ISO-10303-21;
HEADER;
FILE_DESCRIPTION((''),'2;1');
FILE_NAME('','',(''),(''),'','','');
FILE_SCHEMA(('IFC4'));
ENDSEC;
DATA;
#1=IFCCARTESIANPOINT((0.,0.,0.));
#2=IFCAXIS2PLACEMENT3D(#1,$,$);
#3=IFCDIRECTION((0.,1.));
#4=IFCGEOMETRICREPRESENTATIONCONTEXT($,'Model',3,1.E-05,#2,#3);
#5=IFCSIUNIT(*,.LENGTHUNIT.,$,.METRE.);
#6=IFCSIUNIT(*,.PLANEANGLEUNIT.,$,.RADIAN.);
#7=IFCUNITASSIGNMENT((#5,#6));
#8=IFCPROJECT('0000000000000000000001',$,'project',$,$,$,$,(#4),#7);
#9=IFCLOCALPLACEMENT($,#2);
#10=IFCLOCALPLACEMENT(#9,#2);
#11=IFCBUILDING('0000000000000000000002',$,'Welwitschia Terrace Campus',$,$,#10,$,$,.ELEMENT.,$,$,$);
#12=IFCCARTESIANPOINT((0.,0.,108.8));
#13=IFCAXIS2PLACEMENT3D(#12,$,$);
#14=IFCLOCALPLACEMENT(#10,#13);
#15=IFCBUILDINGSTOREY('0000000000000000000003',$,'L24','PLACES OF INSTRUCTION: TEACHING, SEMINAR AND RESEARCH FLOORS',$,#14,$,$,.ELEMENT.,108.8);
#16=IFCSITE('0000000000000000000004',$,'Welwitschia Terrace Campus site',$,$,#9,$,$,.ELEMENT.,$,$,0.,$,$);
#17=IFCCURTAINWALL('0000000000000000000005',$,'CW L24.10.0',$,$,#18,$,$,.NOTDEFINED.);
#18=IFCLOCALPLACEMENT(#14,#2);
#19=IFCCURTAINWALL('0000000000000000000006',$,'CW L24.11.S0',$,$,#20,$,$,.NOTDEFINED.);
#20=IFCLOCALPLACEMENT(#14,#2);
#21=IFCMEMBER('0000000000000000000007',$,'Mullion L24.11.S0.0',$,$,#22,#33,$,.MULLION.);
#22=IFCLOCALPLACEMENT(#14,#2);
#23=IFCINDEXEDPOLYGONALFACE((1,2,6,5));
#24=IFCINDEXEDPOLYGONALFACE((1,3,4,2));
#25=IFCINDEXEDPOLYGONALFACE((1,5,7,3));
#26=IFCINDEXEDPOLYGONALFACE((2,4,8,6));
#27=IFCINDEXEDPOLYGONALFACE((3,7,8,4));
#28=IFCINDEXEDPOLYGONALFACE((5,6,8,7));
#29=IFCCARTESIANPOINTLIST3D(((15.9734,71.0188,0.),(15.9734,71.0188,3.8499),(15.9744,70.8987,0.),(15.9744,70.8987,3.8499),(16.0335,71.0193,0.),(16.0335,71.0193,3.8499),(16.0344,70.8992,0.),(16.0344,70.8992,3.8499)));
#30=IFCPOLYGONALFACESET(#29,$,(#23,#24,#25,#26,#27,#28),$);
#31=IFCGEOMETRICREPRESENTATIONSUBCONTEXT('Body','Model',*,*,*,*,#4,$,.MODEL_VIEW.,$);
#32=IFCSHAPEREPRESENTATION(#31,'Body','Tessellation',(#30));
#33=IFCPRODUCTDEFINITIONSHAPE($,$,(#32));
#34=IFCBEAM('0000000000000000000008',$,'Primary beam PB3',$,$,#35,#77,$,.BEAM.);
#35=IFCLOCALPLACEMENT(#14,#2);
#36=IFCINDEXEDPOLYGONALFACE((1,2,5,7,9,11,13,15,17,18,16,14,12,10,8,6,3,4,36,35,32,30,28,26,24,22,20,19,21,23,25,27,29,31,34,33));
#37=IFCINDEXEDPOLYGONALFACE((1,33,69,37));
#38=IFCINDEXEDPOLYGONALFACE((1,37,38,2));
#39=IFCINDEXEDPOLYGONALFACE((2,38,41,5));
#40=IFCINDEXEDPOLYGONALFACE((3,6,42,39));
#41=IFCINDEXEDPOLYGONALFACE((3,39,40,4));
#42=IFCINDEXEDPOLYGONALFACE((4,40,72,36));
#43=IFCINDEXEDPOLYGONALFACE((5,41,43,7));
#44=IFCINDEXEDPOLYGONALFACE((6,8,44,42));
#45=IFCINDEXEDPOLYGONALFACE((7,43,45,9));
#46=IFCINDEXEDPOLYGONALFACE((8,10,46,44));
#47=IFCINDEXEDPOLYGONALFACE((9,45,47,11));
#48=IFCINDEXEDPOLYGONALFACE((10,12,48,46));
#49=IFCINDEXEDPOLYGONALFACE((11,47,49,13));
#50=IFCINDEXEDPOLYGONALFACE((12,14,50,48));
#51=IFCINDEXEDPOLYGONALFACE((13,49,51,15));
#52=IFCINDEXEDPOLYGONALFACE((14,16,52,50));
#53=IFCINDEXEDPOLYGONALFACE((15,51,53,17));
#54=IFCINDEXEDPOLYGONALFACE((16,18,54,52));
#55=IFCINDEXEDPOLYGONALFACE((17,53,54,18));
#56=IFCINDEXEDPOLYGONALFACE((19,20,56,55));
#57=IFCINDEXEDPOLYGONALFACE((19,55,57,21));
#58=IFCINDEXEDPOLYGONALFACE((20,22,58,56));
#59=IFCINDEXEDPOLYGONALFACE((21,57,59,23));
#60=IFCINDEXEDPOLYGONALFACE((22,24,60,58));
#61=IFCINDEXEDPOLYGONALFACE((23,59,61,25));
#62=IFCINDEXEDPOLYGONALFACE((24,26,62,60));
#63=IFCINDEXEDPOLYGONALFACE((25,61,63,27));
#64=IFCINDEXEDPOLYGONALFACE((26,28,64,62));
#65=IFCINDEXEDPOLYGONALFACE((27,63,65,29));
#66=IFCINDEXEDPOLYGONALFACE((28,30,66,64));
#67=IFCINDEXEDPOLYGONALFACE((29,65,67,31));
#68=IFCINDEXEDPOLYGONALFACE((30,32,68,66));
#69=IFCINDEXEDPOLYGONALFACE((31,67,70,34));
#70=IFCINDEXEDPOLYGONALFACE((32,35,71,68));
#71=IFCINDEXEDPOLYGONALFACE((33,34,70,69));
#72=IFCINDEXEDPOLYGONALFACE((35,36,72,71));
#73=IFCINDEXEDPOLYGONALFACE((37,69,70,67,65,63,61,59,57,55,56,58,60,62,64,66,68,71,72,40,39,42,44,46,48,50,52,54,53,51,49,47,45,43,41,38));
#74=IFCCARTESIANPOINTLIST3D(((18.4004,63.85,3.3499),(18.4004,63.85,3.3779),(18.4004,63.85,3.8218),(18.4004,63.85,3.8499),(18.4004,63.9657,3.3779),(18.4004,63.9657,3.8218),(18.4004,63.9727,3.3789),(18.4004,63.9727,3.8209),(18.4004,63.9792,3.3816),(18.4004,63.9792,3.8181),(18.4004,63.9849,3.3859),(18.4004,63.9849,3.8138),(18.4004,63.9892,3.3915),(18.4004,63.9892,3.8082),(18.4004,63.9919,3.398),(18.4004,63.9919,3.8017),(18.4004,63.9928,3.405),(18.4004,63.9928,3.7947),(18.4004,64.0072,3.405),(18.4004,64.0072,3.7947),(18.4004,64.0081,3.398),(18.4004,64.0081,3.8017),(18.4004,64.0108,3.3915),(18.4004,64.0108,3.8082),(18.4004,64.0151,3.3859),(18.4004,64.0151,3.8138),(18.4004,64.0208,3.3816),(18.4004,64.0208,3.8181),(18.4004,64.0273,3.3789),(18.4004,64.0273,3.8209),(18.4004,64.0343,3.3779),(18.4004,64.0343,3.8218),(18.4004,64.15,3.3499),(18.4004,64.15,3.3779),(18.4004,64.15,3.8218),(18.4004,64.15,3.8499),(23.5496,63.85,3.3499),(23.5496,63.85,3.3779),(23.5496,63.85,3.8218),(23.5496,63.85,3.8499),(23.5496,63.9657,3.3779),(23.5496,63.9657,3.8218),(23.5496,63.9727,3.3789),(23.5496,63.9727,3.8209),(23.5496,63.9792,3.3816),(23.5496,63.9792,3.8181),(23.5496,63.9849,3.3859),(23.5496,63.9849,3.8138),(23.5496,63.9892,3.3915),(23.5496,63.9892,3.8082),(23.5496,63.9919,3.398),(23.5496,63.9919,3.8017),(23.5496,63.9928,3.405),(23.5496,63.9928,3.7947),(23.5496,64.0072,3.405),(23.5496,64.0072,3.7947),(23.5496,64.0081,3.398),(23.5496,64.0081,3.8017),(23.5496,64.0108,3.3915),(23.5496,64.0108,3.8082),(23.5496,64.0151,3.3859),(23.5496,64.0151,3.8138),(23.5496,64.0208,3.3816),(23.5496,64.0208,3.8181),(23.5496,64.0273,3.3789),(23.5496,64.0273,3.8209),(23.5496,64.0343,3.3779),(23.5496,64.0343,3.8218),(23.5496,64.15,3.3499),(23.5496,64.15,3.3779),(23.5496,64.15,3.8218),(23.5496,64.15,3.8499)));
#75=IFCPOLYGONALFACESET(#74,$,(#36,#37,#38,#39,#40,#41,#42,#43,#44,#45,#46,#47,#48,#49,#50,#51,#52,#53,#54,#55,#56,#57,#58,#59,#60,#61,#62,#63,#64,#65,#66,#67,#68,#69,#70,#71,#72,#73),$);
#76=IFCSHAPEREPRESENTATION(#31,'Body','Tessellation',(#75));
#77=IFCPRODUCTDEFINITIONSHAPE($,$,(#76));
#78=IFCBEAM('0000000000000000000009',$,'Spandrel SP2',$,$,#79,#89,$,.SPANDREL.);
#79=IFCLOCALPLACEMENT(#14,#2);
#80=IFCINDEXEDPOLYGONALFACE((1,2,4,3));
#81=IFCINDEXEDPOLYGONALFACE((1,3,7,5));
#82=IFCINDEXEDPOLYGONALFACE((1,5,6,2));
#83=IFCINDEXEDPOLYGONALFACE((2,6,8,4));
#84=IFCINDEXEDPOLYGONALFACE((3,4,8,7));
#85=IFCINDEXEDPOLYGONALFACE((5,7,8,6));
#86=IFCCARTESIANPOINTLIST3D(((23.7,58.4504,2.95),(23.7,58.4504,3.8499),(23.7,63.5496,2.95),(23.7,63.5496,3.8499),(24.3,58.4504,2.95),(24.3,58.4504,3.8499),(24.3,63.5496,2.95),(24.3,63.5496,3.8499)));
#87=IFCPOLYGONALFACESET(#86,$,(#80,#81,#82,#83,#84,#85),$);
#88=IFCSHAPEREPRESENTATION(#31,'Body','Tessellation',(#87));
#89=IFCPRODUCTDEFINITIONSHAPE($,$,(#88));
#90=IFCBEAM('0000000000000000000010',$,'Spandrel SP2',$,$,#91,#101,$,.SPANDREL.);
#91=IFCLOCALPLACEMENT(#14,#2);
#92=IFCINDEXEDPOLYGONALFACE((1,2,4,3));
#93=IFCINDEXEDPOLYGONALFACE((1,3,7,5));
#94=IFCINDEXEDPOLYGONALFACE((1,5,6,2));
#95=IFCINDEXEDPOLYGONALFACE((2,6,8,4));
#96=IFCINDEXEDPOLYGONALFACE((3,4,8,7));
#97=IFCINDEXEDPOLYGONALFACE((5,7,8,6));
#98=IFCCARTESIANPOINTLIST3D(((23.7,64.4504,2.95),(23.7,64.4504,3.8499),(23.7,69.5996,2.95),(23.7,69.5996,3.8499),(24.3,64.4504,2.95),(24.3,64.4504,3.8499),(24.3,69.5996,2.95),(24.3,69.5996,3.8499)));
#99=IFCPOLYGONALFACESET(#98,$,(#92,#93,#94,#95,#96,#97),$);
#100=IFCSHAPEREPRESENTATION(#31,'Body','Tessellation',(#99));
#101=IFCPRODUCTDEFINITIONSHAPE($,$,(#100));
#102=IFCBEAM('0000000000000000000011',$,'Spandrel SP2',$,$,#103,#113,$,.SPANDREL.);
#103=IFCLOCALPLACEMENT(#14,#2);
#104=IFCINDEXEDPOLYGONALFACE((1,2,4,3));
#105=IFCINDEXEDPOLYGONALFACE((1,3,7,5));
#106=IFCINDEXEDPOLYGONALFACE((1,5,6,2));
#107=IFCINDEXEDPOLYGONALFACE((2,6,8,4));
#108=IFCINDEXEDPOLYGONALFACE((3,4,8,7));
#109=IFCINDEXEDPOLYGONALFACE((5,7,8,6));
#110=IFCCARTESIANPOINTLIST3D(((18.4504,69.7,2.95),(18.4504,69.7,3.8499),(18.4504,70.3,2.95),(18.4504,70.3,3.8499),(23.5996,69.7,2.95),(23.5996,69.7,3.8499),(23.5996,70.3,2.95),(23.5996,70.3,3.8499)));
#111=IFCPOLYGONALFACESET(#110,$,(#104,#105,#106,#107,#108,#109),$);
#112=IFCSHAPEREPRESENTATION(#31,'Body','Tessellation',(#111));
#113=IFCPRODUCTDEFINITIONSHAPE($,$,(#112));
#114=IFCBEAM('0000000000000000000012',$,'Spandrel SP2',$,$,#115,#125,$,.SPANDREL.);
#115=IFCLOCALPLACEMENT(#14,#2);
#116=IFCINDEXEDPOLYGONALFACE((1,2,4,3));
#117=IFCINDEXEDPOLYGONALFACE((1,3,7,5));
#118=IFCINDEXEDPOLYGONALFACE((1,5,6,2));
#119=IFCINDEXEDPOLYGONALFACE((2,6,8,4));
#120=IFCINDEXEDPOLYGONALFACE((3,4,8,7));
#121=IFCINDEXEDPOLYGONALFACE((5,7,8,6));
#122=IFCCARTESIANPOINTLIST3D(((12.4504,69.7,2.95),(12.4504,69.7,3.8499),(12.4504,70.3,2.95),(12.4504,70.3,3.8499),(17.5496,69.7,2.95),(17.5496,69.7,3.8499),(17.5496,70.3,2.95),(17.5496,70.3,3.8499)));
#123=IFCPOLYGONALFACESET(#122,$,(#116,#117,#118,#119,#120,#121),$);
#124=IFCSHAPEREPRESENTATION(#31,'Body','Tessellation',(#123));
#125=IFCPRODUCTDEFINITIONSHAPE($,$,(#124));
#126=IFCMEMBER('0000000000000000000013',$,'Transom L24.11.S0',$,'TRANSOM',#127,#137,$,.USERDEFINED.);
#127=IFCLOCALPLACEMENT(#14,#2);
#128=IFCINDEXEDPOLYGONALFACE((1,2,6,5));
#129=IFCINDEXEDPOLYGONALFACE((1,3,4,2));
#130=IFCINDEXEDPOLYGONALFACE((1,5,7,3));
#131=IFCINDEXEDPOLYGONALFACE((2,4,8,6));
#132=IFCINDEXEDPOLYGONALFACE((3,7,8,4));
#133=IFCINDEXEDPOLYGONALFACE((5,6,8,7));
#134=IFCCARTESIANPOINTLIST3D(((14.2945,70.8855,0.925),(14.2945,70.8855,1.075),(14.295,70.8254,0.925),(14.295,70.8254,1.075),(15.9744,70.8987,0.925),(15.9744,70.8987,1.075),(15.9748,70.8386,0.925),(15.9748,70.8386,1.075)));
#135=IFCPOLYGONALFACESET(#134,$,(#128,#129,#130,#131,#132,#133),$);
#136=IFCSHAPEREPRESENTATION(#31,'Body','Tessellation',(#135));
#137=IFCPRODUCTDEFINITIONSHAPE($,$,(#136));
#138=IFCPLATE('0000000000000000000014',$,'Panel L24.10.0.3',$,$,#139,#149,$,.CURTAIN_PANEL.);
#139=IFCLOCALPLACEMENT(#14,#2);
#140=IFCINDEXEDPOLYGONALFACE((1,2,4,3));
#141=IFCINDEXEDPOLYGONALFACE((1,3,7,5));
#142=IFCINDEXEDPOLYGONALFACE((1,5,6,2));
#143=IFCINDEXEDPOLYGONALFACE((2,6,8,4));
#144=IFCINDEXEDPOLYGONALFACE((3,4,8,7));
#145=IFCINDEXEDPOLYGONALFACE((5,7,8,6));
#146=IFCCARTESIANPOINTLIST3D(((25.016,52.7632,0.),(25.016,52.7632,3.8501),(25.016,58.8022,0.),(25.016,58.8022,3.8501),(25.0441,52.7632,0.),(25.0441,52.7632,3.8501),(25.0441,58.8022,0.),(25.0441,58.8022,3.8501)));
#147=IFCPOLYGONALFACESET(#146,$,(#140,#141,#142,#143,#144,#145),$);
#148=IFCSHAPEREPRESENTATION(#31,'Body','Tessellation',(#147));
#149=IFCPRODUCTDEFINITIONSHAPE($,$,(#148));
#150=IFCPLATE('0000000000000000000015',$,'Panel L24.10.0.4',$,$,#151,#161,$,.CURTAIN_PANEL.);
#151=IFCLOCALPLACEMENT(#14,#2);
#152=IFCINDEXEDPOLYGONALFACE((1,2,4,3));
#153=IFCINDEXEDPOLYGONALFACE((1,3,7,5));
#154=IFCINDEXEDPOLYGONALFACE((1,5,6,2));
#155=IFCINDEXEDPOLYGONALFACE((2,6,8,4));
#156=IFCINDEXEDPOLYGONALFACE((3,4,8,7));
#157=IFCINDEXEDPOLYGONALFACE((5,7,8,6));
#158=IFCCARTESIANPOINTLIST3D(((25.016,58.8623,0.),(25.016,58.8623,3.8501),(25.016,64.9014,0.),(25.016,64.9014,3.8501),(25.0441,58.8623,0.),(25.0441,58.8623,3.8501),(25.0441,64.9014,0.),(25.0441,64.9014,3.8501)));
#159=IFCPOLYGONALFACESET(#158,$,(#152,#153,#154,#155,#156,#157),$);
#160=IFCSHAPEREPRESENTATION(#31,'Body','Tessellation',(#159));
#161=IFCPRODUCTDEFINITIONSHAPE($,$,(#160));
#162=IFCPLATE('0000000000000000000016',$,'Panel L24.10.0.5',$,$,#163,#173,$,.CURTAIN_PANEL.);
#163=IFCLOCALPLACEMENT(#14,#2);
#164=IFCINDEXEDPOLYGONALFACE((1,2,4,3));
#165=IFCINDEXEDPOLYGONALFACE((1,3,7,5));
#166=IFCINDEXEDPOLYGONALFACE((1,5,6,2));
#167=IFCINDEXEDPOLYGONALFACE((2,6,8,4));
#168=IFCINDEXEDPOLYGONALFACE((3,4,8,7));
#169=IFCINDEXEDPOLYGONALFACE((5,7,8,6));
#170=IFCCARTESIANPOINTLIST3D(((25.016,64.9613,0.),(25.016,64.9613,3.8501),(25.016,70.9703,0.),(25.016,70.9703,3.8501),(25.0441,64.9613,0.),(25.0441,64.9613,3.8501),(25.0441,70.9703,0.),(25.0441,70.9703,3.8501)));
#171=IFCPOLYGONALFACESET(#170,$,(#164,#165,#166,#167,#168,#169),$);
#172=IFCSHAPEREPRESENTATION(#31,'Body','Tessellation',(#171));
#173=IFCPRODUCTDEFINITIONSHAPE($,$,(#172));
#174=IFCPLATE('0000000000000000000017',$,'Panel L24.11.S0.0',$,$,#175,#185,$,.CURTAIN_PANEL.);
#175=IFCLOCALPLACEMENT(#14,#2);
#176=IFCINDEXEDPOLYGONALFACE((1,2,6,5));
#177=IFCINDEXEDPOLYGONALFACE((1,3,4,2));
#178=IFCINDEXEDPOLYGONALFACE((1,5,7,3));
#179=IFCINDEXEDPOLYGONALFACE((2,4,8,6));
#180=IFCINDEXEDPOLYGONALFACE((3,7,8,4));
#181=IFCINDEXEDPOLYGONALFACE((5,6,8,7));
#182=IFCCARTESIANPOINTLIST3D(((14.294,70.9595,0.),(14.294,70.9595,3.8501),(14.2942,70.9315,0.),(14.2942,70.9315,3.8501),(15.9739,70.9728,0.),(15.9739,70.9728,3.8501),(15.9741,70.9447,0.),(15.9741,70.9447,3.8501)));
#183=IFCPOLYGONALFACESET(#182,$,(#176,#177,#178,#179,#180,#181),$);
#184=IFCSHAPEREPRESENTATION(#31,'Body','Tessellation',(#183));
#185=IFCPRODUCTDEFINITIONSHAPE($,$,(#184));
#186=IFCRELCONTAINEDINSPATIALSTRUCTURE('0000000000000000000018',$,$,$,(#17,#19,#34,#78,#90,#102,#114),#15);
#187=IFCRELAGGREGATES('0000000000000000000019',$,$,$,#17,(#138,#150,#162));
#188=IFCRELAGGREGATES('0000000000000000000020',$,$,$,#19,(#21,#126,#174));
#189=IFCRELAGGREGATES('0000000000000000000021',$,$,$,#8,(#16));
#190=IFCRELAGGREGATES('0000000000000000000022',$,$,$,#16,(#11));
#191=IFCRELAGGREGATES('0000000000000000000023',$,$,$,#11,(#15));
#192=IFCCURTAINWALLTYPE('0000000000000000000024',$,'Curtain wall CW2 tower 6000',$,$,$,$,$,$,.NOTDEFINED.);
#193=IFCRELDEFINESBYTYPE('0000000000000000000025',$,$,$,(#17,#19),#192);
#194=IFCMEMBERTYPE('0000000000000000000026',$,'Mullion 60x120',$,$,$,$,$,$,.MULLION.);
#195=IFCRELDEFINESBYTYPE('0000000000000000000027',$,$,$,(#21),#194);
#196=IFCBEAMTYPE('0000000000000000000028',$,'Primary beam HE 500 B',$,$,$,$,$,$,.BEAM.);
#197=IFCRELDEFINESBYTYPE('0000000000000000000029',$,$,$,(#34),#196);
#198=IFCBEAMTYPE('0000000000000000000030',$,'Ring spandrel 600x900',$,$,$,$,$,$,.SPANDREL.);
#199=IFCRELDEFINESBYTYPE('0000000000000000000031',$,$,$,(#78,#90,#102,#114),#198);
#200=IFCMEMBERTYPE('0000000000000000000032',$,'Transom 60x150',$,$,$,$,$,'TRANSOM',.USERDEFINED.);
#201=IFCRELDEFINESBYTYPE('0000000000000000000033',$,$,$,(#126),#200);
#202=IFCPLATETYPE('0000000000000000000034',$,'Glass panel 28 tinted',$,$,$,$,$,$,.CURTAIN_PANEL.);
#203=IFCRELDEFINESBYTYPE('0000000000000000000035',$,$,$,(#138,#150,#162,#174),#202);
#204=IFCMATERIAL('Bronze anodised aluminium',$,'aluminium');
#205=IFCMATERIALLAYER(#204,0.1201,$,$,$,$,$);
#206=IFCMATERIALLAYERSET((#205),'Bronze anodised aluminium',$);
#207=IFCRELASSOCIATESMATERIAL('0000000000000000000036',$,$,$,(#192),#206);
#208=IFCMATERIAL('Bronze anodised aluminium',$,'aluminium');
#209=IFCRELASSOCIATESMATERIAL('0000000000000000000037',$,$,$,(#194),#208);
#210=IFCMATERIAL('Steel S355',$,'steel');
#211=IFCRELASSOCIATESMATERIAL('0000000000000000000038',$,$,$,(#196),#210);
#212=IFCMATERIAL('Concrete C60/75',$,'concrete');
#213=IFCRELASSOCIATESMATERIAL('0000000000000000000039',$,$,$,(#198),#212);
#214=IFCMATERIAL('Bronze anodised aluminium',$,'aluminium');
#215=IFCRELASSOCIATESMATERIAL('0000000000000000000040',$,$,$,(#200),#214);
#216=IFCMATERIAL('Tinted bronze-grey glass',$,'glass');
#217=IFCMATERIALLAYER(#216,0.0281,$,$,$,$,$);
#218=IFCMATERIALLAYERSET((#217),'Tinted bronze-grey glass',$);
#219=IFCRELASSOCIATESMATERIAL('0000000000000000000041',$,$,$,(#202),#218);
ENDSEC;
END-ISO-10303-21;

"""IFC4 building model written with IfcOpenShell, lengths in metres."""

from ifc_helpers import new_model, si_unit, direction, frame, origin, origin_2d, place, context, subcontext, project, spatial, rectangle, i_section, extrude, material, layer, layer_set, material_profile, profile_set, type_object, element, aggregate, save


model = new_model("IFC4")

# Units and contexts
model_context = context("Model", 3, precision=1e-05, world=origin(), true_north=direction((0.0, 1.0)))
body_context = subcontext(model_context, "Body", "Model", "MODEL_VIEW")
ifc_project = project(units=[si_unit("LENGTHUNIT", "METRE"), si_unit("PLANEANGLEUNIT", "RADIAN")], contexts=[model_context])

# Site, building, storey
site_placement = place(None, origin())
site = spatial("IfcSite", under=ifc_project, at=site_placement, Name="Welwitschia Terrace Campus site", CompositionType="ELEMENT", RefElevation=0.0)
building_placement = place(site_placement, origin())
building = spatial("IfcBuilding", under=site, at=building_placement, Name="Welwitschia Terrace Campus", CompositionType="ELEMENT")
storey_placement = place(building_placement, frame((0.0, 0.0, 108.8)))
storey = spatial("IfcBuildingStorey", under=building, at=storey_placement, Name="L24", Description="PLACES OF INSTRUCTION: TEACHING, SEMINAR AND RESEARCH FLOORS", CompositionType="ELEMENT", Elevation=108.8)

# Curtain wall
ifc_material_1 = material(Name="Bronze anodised aluminium", Category="aluminium")
ifc_layer_1 = layer(ifc_material_1, 0.1201)
ifc_layer_set_1 = layer_set([ifc_layer_1], Name="Bronze anodised aluminium")
curtain_wall_type = type_object("IfcCurtainWallType", Name="Curtain wall CW2 tower 6000", PredefinedType="NOTDEFINED", material=ifc_layer_set_1)
curtain_wall_1_placement = place(storey_placement, origin())
curtain_wall_1 = element("IfcCurtainWall", 1, at=curtain_wall_1_placement, inside=storey, type_object=curtain_wall_type, Name="CW L24.10.0", PredefinedType="NOTDEFINED")
ifc_material_2 = material(Name="Bronze anodised aluminium", Category="aluminium")
ifc_material_profile_1 = material_profile(ifc_material_2, rectangle(XDim=0.1201, YDim=0.0601, at=origin_2d()))
ifc_profile_set_1 = profile_set([ifc_material_profile_1], Name="Bronze anodised aluminium")
member_type_1 = type_object("IfcMemberType", Name="Mullion 60x120", PredefinedType="MULLION", material=ifc_profile_set_1)

# Curtain wall, member
curtain_wall_2_placement = place(storey_placement, origin())
curtain_wall_2 = element("IfcCurtainWall", 2, at=curtain_wall_2_placement, inside=storey, type_object=curtain_wall_type, Name="CW L24.11.S0", PredefinedType="NOTDEFINED")
member_1_placement = place(storey_placement, frame((16.0039, 70.959, 0.0), z_axis=(0.0, 0.0, 1.0), x_axis=(0.007903, -0.999969, 0.0)))
member_1 = element("IfcMember", 3, at=member_1_placement, type_object=member_type_1, Name="Mullion L24.11.S0.0", PredefinedType="MULLION", context=body_context, shape_type="SweptSolid", body=[
    extrude(rectangle(XDim=0.1201, YDim=0.0601, at=origin_2d()), origin(), (0.0, 0.0, 1.0), 3.8499),
])

# Beams
ifc_material_3 = material(Name="Steel S355", Category="steel")
ifc_material_profile_2 = material_profile(ifc_material_3, i_section(OverallWidth=0.3, OverallDepth=0.5, WebThickness=0.0144, FlangeThickness=0.0281, FilletRadius=0.0271, at=origin_2d()))
ifc_profile_set_2 = profile_set([ifc_material_profile_2], Name="Steel S355")
beam_type_1 = type_object("IfcBeamType", Name="Primary beam HE 500 B", PredefinedType="BEAM", material=ifc_profile_set_2)
beam_1_placement = place(storey_placement, frame((23.5496, 64.0, 3.5999), z_axis=(-1.0, 0.0, 0.0), x_axis=(0.0, -1.0, 0.0)))
element("IfcBeam", 4, at=beam_1_placement, inside=storey, type_object=beam_type_1, Name="Primary beam PB3", PredefinedType="BEAM", context=body_context, shape_type="SweptSolid", body=[
    extrude(i_section(OverallWidth=0.3, OverallDepth=0.5, WebThickness=0.0144, FlangeThickness=0.0281, FilletRadius=0.0271, at=origin_2d()), origin(), (0.0, 0.0, 1.0), 5.1492),
])
ifc_material_4 = material(Name="Concrete C60/75", Category="concrete")
ifc_material_profile_3 = material_profile(ifc_material_4, rectangle(XDim=0.6001, YDim=0.8999, at=origin_2d()))
ifc_profile_set_3 = profile_set([ifc_material_profile_3], Name="Concrete C60/75")
beam_type_2 = type_object("IfcBeamType", Name="Ring spandrel 600x900", PredefinedType="SPANDREL", material=ifc_profile_set_3)
beam_2_placement = place(storey_placement, frame((24.0, 58.4504, 3.3999), z_axis=(0.0, 1.0, 0.0), x_axis=(-1.0, 0.0, 0.0)))
element("IfcBeam", 5, at=beam_2_placement, inside=storey, type_object=beam_type_2, Name="Spandrel SP2", PredefinedType="SPANDREL", context=body_context, shape_type="SweptSolid", body=[
    extrude(rectangle(XDim=0.6001, YDim=0.8999, at=origin_2d()), origin(), (0.0, 0.0, 1.0), 5.0991),
])
for number, where, z_axis, x_axis, name in (
    (6, (24.0, 64.4504, 3.3999), (0.0, 1.0, 0.0), (-1.0, 0.0, 0.0), "Spandrel SP2"),
    (7, (23.5996, 70.0, 3.3999), (-1.0, 0.0, 0.0), (0.0, -1.0, 0.0), "Spandrel SP2"),
):
    element("IfcBeam", number, at=place(storey_placement, frame(where, z_axis=z_axis, x_axis=x_axis)), inside=storey, type_object=beam_type_2, Name=name, PredefinedType="SPANDREL", context=body_context, shape_type="SweptSolid", body=[
        extrude(rectangle(XDim=0.6001, YDim=0.8999, at=origin_2d()), origin(), (0.0, 0.0, 1.0), 5.1492),
    ])
beam_3_placement = place(storey_placement, frame((17.5496, 70.0, 3.3999), z_axis=(-1.0, 0.0, 0.0), x_axis=(0.0, -1.0, 0.0)))
element("IfcBeam", 8, at=beam_3_placement, inside=storey, type_object=beam_type_2, Name="Spandrel SP2", PredefinedType="SPANDREL", context=body_context, shape_type="SweptSolid", body=[
    extrude(rectangle(XDim=0.6001, YDim=0.8999, at=origin_2d()), origin(), (0.0, 0.0, 1.0), 5.0991),
])

# Member
ifc_material_5 = material(Name="Bronze anodised aluminium", Category="aluminium")
ifc_material_profile_4 = material_profile(ifc_material_5, rectangle(XDim=0.0601, YDim=0.1499, at=origin_2d()))
ifc_profile_set_4 = profile_set([ifc_material_profile_4], Name="Bronze anodised aluminium")
member_type_2 = type_object("IfcMemberType", Name="Transom 60x150", ElementType="TRANSOM", PredefinedType="USERDEFINED", material=ifc_profile_set_4)
member_2_placement = place(storey_placement, frame((15.9746, 70.8687, 1.0), z_axis=(-0.999969, -0.007847, 0.0), x_axis=(0.007847, -0.999969, 0.0)))
member_2 = element("IfcMember", 9, at=member_2_placement, type_object=member_type_2, Name="Transom L24.11.S0", ObjectType="TRANSOM", PredefinedType="USERDEFINED", context=body_context, shape_type="SweptSolid", body=[
    extrude(rectangle(XDim=0.0601, YDim=0.1499, at=origin_2d()), origin(), (0.0, 0.0, 1.0), 1.6799),
])

# Plates
ifc_material_6 = material(Name="Tinted bronze-grey glass", Category="glass")
ifc_layer_2 = layer(ifc_material_6, 0.0281)
ifc_layer_set_2 = layer_set([ifc_layer_2], Name="Tinted bronze-grey glass")
plate_type = type_object("IfcPlateType", Name="Glass panel 28 tinted", PredefinedType="CURTAIN_PANEL", material=ifc_layer_set_2)
plate_1_placement = place(storey_placement, frame((25.03, 55.7827, 0.0), z_axis=(0.0, 0.0, 1.0), x_axis=(0.0, 1.0, 0.0)))
plate_1 = element("IfcPlate", 10, at=plate_1_placement, type_object=plate_type, Name="Panel L24.10.0.3", PredefinedType="CURTAIN_PANEL", context=body_context, shape_type="SweptSolid", body=[
    extrude(rectangle(XDim=6.0391, YDim=0.0281, at=origin_2d()), origin(), (0.0, 0.0, 1.0), 3.8501),
])
plate_2_placement = place(storey_placement, frame((25.03, 61.8818, 0.0), z_axis=(0.0, 0.0, 1.0), x_axis=(0.0, 1.0, 0.0)))
plate_2 = element("IfcPlate", 11, at=plate_2_placement, type_object=plate_type, Name="Panel L24.10.0.4", PredefinedType="CURTAIN_PANEL", context=body_context, shape_type="SweptSolid", body=[
    extrude(rectangle(XDim=6.0391, YDim=0.0281, at=origin_2d()), origin(), (0.0, 0.0, 1.0), 3.8501),
])
plate_3_placement = place(storey_placement, frame((25.03, 67.9658, 0.0), z_axis=(0.0, 0.0, 1.0), x_axis=(0.0, 1.0, 0.0)))
plate_3 = element("IfcPlate", 12, at=plate_3_placement, type_object=plate_type, Name="Panel L24.10.0.5", PredefinedType="CURTAIN_PANEL", context=body_context, shape_type="SweptSolid", body=[
    extrude(rectangle(XDim=6.009, YDim=0.0281, at=origin_2d()), origin(), (0.0, 0.0, 1.0), 3.8501),
])
aggregate(curtain_wall_1, [plate_1, plate_2, plate_3])
plate_4_placement = place(storey_placement, frame((15.134, 70.9521, 0.0), z_axis=(0.0, 0.0, 1.0), x_axis=(-0.999969, -0.007903, 0.0)))
plate_4 = element("IfcPlate", 13, at=plate_4_placement, type_object=plate_type, Name="Panel L24.11.S0.0", PredefinedType="CURTAIN_PANEL", context=body_context, shape_type="SweptSolid", body=[
    extrude(rectangle(XDim=1.6799, YDim=0.0281, at=origin_2d()), origin(), (0.0, 0.0, 1.0), 3.8501),
])
aggregate(curtain_wall_2, [member_1, member_2, plate_4])

save(model, "model.ifc")
